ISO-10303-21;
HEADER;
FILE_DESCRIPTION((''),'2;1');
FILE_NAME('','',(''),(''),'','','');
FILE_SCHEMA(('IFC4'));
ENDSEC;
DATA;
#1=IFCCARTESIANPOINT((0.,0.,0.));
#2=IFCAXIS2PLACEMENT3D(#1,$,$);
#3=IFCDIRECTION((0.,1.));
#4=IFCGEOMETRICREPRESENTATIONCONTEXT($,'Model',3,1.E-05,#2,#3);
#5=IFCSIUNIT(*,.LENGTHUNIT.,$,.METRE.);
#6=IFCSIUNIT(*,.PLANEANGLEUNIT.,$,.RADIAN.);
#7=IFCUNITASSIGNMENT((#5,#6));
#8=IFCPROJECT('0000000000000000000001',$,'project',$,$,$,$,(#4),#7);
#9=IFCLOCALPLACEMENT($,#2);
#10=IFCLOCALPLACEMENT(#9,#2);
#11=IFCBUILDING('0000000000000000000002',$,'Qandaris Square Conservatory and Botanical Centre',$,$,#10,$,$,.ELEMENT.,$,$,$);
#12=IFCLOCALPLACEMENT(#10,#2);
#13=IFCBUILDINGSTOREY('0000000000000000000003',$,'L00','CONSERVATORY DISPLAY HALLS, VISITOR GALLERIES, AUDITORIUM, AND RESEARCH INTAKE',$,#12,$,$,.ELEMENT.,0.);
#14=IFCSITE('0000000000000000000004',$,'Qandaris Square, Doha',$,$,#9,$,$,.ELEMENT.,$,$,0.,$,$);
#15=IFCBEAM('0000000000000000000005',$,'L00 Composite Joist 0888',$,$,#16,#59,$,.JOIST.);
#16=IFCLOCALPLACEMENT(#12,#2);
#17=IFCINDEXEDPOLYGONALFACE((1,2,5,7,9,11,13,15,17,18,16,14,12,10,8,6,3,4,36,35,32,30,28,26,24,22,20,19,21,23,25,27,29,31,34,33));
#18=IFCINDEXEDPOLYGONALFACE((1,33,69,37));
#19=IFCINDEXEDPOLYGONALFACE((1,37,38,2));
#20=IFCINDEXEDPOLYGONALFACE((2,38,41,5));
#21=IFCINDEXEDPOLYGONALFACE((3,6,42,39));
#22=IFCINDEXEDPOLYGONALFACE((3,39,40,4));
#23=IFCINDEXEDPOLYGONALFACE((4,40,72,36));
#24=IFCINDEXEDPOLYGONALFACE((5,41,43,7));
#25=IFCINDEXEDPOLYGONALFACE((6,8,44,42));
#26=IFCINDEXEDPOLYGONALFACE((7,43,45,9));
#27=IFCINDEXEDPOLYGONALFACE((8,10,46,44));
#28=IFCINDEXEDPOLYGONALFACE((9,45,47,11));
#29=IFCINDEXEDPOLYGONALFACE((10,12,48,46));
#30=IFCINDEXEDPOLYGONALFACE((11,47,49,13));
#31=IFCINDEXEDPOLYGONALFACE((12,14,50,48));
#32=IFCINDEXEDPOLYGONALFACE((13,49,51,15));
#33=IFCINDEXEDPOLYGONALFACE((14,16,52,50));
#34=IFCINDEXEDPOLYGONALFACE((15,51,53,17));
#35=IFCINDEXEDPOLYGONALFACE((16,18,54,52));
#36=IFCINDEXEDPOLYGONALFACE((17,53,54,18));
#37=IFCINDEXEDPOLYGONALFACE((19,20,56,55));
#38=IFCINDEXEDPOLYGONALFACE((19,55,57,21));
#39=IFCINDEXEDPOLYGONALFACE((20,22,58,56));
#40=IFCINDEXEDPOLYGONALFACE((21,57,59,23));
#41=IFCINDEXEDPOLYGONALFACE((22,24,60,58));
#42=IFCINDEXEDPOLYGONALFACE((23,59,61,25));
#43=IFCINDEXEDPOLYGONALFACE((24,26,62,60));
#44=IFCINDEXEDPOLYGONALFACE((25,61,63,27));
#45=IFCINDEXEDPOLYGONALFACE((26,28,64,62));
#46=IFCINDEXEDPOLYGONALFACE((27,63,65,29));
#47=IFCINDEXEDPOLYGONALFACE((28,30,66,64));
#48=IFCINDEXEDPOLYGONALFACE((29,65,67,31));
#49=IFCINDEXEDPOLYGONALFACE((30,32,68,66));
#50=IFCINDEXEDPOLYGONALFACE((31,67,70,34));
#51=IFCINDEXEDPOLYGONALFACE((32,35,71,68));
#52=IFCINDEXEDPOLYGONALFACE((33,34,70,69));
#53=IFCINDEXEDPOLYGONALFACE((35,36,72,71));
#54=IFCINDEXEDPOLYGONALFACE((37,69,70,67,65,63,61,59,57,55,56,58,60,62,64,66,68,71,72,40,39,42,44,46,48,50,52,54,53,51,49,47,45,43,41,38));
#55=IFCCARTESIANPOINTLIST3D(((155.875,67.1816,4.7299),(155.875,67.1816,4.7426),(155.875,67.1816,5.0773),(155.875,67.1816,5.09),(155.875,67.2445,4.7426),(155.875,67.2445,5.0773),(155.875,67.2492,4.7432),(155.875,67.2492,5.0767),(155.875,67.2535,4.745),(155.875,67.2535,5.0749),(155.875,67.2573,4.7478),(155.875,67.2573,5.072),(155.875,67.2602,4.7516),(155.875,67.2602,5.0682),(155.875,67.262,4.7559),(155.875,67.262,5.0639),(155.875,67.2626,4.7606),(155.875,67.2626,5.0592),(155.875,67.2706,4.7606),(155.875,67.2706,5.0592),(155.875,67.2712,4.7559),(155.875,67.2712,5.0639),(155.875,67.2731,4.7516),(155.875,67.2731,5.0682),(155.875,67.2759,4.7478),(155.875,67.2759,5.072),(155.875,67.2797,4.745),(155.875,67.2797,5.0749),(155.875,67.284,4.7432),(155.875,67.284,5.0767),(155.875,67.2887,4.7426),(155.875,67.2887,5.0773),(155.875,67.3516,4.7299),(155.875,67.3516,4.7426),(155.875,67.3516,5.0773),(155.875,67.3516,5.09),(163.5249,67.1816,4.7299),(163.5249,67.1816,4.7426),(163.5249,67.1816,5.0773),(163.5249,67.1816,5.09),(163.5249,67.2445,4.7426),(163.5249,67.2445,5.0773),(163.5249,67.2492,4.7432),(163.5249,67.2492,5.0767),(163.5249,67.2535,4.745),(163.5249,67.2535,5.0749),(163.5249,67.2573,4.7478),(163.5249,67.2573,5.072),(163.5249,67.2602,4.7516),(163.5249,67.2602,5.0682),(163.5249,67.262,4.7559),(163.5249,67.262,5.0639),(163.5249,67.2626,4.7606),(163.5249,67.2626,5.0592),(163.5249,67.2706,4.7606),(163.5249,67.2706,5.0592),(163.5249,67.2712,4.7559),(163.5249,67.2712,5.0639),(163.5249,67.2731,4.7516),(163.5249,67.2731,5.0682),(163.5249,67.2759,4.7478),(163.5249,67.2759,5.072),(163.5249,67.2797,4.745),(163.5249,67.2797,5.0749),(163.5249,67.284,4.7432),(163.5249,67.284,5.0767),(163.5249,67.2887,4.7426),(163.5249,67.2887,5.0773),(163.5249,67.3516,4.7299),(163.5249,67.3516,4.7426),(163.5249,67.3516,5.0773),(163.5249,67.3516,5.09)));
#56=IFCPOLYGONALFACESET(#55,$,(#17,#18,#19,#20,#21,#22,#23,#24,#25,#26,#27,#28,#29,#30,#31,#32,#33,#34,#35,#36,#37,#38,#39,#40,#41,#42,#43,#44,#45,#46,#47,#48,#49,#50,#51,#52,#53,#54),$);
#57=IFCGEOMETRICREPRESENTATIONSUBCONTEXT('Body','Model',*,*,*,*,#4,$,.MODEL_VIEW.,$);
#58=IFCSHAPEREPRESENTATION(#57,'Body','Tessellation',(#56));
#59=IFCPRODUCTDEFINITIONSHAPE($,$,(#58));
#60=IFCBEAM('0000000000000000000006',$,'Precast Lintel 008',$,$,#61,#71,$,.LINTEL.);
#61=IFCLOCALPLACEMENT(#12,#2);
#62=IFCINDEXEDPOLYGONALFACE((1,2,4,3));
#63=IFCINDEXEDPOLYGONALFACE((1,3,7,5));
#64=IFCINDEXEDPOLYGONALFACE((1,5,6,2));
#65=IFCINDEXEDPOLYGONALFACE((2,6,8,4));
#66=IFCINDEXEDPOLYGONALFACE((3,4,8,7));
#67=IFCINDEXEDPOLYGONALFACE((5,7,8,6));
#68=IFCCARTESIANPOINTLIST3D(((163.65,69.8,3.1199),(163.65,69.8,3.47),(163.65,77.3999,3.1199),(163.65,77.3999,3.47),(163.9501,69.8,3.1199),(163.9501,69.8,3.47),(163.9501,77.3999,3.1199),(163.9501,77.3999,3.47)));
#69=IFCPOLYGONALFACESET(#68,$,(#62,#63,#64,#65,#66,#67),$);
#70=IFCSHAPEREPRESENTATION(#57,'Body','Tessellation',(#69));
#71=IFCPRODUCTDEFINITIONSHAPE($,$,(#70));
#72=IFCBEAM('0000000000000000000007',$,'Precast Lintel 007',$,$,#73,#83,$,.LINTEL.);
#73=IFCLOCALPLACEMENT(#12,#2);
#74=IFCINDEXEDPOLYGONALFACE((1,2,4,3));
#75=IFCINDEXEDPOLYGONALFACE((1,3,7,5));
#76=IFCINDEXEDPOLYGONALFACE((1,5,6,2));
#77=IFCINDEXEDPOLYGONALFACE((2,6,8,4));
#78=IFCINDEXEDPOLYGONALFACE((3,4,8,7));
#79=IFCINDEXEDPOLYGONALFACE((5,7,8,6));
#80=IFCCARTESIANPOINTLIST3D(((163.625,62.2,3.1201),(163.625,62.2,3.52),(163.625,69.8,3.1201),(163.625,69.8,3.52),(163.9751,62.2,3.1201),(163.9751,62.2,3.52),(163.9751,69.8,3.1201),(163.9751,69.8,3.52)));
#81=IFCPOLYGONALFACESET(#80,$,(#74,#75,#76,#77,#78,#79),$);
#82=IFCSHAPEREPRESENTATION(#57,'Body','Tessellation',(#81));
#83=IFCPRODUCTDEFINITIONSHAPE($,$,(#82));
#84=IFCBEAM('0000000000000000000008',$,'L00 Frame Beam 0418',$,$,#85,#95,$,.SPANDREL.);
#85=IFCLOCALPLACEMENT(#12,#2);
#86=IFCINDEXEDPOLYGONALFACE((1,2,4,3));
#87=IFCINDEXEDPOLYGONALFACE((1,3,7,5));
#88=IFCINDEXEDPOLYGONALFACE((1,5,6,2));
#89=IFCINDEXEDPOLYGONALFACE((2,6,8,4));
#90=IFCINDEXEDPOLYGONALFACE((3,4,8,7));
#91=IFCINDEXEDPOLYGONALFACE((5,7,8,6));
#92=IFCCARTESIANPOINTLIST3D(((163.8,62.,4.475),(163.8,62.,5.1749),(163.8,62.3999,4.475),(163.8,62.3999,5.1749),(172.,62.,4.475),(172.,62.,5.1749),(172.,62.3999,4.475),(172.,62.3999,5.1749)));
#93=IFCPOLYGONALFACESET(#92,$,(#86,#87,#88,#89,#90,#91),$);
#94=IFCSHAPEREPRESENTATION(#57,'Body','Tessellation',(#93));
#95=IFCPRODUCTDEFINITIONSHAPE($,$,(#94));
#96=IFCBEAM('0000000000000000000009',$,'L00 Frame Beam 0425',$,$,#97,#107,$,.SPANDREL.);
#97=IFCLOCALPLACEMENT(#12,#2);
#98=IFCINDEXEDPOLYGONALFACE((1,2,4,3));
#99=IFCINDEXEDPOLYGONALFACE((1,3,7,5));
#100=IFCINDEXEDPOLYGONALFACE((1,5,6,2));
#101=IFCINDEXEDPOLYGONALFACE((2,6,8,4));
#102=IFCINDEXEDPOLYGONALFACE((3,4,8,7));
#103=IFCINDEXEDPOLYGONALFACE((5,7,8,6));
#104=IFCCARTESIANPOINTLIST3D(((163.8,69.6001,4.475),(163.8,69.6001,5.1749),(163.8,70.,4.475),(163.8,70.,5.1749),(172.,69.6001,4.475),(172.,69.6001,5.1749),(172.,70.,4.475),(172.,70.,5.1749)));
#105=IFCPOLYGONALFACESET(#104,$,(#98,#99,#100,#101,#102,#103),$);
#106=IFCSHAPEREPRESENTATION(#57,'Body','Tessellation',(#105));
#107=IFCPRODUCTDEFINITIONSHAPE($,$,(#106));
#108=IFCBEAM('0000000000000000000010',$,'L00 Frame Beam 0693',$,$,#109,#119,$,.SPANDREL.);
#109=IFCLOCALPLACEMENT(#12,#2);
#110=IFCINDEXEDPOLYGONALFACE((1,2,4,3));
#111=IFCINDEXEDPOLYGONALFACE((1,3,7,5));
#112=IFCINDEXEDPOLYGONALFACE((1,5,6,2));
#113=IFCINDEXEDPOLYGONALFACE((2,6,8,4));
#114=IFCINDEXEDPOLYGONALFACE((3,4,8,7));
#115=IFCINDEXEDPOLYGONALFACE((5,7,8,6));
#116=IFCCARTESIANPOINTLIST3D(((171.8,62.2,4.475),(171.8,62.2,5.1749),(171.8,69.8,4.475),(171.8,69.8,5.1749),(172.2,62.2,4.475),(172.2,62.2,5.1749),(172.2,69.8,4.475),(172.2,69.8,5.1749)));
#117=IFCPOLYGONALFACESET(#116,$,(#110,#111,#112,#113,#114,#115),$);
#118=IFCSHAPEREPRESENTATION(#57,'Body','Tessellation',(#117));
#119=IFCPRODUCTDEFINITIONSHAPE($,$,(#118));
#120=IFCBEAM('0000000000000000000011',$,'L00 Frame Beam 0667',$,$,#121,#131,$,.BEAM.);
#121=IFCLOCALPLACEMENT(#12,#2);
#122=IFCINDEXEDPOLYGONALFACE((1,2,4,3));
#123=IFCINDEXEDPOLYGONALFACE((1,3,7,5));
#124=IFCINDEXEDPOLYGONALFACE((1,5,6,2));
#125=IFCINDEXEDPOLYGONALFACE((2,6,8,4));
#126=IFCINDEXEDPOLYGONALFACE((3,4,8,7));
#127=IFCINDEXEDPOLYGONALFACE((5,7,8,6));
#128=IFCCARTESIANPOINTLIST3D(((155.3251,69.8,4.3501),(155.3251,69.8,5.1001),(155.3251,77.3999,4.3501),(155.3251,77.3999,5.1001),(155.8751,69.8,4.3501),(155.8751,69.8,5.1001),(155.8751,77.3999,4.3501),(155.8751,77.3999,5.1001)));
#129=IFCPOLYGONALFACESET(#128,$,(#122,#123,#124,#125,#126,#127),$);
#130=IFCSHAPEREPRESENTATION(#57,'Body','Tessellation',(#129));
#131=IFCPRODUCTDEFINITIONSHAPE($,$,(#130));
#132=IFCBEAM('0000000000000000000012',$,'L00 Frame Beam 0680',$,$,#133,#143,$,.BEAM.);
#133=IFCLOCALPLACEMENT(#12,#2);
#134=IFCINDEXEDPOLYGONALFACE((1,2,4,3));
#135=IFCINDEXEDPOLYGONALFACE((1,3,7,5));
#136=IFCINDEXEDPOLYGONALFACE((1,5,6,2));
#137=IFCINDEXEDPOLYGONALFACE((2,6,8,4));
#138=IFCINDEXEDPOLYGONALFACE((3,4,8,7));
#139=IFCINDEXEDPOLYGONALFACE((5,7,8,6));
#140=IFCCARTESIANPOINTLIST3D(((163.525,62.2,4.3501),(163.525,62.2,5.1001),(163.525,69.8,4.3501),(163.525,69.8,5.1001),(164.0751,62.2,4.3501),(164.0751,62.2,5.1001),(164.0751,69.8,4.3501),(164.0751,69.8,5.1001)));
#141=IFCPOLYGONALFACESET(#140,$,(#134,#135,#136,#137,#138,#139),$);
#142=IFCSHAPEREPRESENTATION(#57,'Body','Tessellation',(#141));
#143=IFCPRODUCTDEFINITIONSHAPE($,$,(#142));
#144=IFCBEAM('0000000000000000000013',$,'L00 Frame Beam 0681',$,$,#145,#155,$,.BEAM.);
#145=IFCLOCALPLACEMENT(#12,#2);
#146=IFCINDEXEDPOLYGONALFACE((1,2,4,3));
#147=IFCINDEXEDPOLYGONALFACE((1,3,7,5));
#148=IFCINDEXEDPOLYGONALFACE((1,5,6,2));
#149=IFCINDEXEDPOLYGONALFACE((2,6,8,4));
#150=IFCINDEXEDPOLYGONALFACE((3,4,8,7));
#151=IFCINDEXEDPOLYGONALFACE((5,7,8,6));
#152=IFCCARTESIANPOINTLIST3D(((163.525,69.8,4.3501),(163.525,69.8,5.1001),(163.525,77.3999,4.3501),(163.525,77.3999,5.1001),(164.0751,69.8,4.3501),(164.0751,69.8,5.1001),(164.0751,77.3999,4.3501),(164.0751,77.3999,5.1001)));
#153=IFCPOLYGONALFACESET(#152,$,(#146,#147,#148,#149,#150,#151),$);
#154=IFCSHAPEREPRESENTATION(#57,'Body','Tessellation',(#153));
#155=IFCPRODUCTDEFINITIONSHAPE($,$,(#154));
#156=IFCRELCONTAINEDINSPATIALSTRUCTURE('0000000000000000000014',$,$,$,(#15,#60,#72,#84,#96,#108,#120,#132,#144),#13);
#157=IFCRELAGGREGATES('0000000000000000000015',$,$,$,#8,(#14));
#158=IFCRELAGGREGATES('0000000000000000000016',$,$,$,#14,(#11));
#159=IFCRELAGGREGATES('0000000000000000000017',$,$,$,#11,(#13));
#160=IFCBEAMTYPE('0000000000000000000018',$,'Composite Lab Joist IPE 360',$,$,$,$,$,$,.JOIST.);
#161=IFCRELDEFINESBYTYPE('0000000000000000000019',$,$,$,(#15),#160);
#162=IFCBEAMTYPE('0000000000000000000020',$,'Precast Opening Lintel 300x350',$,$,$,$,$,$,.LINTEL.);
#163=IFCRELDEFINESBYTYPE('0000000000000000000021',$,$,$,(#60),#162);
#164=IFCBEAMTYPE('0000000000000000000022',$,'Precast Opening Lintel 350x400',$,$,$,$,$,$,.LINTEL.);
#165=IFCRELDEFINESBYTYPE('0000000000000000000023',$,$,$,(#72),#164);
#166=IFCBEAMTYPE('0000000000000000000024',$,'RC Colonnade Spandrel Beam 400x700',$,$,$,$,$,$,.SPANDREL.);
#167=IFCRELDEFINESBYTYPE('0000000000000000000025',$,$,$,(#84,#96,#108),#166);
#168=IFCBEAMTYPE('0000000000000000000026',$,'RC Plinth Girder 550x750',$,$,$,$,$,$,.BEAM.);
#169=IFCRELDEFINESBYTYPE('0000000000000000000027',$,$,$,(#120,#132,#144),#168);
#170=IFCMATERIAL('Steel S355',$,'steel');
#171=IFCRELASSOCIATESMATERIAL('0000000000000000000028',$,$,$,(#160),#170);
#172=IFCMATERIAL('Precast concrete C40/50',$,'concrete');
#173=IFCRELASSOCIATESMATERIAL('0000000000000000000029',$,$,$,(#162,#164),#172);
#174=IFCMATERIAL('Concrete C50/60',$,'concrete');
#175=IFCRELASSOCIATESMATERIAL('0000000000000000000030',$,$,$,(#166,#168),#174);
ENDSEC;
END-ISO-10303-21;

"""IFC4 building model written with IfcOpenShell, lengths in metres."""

from ifc_helpers import new_model, si_unit, direction, frame, origin, origin_2d, place, context, subcontext, project, spatial, rectangle, i_section, extrude, material, material_profile, profile_set, type_object, element, save


model = new_model("IFC4")

# Units and contexts
model_context = context("Model", 3, precision=1e-05, world=origin(), true_north=direction((0.0, 1.0)))
body_context = subcontext(model_context, "Body", "Model", "MODEL_VIEW")
ifc_project = project(units=[si_unit("LENGTHUNIT", "METRE"), si_unit("PLANEANGLEUNIT", "RADIAN")], contexts=[model_context])

# Site, building, storey
site_placement = place(None, origin())
site = spatial("IfcSite", under=ifc_project, at=site_placement, Name="Qandaris Square, Doha", CompositionType="ELEMENT", RefElevation=0.0)
building_placement = place(site_placement, origin())
building = spatial("IfcBuilding", under=site, at=building_placement, Name="Qandaris Square Conservatory and Botanical Centre", CompositionType="ELEMENT")
storey_placement = place(building_placement, origin())
storey = spatial("IfcBuildingStorey", under=building, at=storey_placement, Name="L00", Description="CONSERVATORY DISPLAY HALLS, VISITOR GALLERIES, AUDITORIUM, AND RESEARCH INTAKE", CompositionType="ELEMENT", Elevation=0.0)

# Shared definitions
ifc_material_1 = material(Name="Concrete C50/60", Category="concrete")

# Beams
ifc_material_2 = material(Name="Steel S355", Category="steel")
ifc_material_profile_1 = material_profile(ifc_material_2, i_section(OverallWidth=0.1699, OverallDepth=0.3601, WebThickness=0.0081, FlangeThickness=0.0127, FilletRadius=0.0181, at=origin_2d()), Name="IPE 360")
ifc_profile_set_1 = profile_set([ifc_material_profile_1], Name="Steel S355")
beam_type_1 = type_object("IfcBeamType", Name="Composite Lab Joist IPE 360", PredefinedType="JOIST", material=ifc_profile_set_1)
beam_1_placement = place(storey_placement, frame((155.875, 67.2666, 4.9099), z_axis=(1.0, 0.0, 0.0), x_axis=(0.0, 1.0, 0.0)))
element("IfcBeam", 1, at=beam_1_placement, inside=storey, type_object=beam_type_1, Name="L00 Composite Joist 0888", PredefinedType="JOIST", context=body_context, shape_type="SweptSolid", body=[
    extrude(i_section(OverallWidth=0.1699, OverallDepth=0.3601, WebThickness=0.0081, FlangeThickness=0.0127, FilletRadius=0.0181, at=origin_2d()), origin(), (0.0, 0.0, 1.0), 7.6499),
])
ifc_material_3 = material(Name="Precast concrete C40/50", Category="concrete")
ifc_material_profile_2 = material_profile(ifc_material_3, rectangle(XDim=0.3, YDim=0.3501, at=origin_2d()), Name="RC-LN 300x350")
ifc_profile_set_2 = profile_set([ifc_material_profile_2], Name="Precast concrete C40/50")
beam_type_2 = type_object("IfcBeamType", Name="Precast Opening Lintel 300x350", PredefinedType="LINTEL", material=ifc_profile_set_2)
beam_2_placement = place(storey_placement, frame((163.8, 69.8, 3.2949), z_axis=(0.0, 1.0, 0.0), x_axis=(-1.0, 0.0, 0.0)))
element("IfcBeam", 2, at=beam_2_placement, inside=storey, type_object=beam_type_2, Name="Precast Lintel 008", PredefinedType="LINTEL", context=body_context, shape_type="SweptSolid", body=[
    extrude(rectangle(XDim=0.3, YDim=0.3501, at=origin_2d()), origin(), (0.0, 0.0, 1.0), 7.5999),
])
ifc_material_profile_3 = material_profile(ifc_material_3, rectangle(XDim=0.3501, YDim=0.3999, at=origin_2d()), Name="RC-LN 350x400")
ifc_profile_set_3 = profile_set([ifc_material_profile_3], Name="Precast concrete C40/50")
beam_type_3 = type_object("IfcBeamType", Name="Precast Opening Lintel 350x400", PredefinedType="LINTEL", material=ifc_profile_set_3)
beam_3_placement = place(storey_placement, frame((163.8, 62.2, 3.3201), z_axis=(0.0, 1.0, 0.0), x_axis=(-1.0, 0.0, 0.0)))
element("IfcBeam", 3, at=beam_3_placement, inside=storey, type_object=beam_type_3, Name="Precast Lintel 007", PredefinedType="LINTEL", context=body_context, shape_type="SweptSolid", body=[
    extrude(rectangle(XDim=0.3501, YDim=0.3999, at=origin_2d()), origin(), (0.0, 0.0, 1.0), 7.6001),
])
ifc_material_profile_4 = material_profile(ifc_material_1, rectangle(XDim=0.3999, YDim=0.7, at=origin_2d()), Name="RC-SP 400x700")
ifc_profile_set_4 = profile_set([ifc_material_profile_4], Name="Concrete C50/60")
beam_type_4 = type_object("IfcBeamType", Name="RC Colonnade Spandrel Beam 400x700", PredefinedType="SPANDREL", material=ifc_profile_set_4)
for number, where, z_axis, x_axis, name in (
    (4, (163.8, 62.2, 4.825), (1.0, 0.0, 0.0), (0.0, 1.0, 0.0), "L00 Frame Beam 0418"),
    (5, (163.8, 69.8, 4.825), (1.0, 0.0, 0.0), (0.0, 1.0, 0.0), "L00 Frame Beam 0425"),
):
    element("IfcBeam", number, at=place(storey_placement, frame(where, z_axis=z_axis, x_axis=x_axis)), inside=storey, type_object=beam_type_4, Name=name, PredefinedType="SPANDREL", context=body_context, shape_type="SweptSolid", body=[
        extrude(rectangle(XDim=0.3999, YDim=0.7, at=origin_2d()), origin(), (0.0, 0.0, 1.0), 8.2),
    ])
beam_4_placement = place(storey_placement, frame((172.0, 62.2, 4.825), z_axis=(0.0, 1.0, 0.0), x_axis=(-1.0, 0.0, 0.0)))
element("IfcBeam", 6, at=beam_4_placement, inside=storey, type_object=beam_type_4, Name="L00 Frame Beam 0693", PredefinedType="SPANDREL", context=body_context, shape_type="SweptSolid", body=[
    extrude(rectangle(XDim=0.3999, YDim=0.7, at=origin_2d()), origin(), (0.0, 0.0, 1.0), 7.6001),
])
ifc_material_profile_5 = material_profile(ifc_material_1, rectangle(XDim=0.55, YDim=0.75, at=origin_2d()), Name="RC-BM 550x750")
ifc_profile_set_5 = profile_set([ifc_material_profile_5], Name="Concrete C50/60")
beam_type_5 = type_object("IfcBeamType", Name="RC Plinth Girder 550x750", PredefinedType="BEAM", material=ifc_profile_set_5)
beam_5_placement = place(storey_placement, frame((155.6001, 69.8, 4.7251), z_axis=(0.0, 1.0, 0.0), x_axis=(-1.0, 0.0, 0.0)))
element("IfcBeam", 7, at=beam_5_placement, inside=storey, type_object=beam_type_5, Name="L00 Frame Beam 0667", PredefinedType="BEAM", context=body_context, shape_type="SweptSolid", body=[
    extrude(rectangle(XDim=0.55, YDim=0.75, at=origin_2d()), origin(), (0.0, 0.0, 1.0), 7.5999),
])
beam_6_placement = place(storey_placement, frame((163.8, 62.2, 4.7251), z_axis=(0.0, 1.0, 0.0), x_axis=(-1.0, 0.0, 0.0)))
element("IfcBeam", 8, at=beam_6_placement, inside=storey, type_object=beam_type_5, Name="L00 Frame Beam 0680", PredefinedType="BEAM", context=body_context, shape_type="SweptSolid", body=[
    extrude(rectangle(XDim=0.55, YDim=0.75, at=origin_2d()), origin(), (0.0, 0.0, 1.0), 7.6001),
])
beam_7_placement = place(storey_placement, frame((163.8, 69.8, 4.7251), z_axis=(0.0, 1.0, 0.0), x_axis=(-1.0, 0.0, 0.0)))
element("IfcBeam", 9, at=beam_7_placement, inside=storey, type_object=beam_type_5, Name="L00 Frame Beam 0681", PredefinedType="BEAM", context=body_context, shape_type="SweptSolid", body=[
    extrude(rectangle(XDim=0.55, YDim=0.75, at=origin_2d()), origin(), (0.0, 0.0, 1.0), 7.5999),
])

save(model, "model.ifc")
